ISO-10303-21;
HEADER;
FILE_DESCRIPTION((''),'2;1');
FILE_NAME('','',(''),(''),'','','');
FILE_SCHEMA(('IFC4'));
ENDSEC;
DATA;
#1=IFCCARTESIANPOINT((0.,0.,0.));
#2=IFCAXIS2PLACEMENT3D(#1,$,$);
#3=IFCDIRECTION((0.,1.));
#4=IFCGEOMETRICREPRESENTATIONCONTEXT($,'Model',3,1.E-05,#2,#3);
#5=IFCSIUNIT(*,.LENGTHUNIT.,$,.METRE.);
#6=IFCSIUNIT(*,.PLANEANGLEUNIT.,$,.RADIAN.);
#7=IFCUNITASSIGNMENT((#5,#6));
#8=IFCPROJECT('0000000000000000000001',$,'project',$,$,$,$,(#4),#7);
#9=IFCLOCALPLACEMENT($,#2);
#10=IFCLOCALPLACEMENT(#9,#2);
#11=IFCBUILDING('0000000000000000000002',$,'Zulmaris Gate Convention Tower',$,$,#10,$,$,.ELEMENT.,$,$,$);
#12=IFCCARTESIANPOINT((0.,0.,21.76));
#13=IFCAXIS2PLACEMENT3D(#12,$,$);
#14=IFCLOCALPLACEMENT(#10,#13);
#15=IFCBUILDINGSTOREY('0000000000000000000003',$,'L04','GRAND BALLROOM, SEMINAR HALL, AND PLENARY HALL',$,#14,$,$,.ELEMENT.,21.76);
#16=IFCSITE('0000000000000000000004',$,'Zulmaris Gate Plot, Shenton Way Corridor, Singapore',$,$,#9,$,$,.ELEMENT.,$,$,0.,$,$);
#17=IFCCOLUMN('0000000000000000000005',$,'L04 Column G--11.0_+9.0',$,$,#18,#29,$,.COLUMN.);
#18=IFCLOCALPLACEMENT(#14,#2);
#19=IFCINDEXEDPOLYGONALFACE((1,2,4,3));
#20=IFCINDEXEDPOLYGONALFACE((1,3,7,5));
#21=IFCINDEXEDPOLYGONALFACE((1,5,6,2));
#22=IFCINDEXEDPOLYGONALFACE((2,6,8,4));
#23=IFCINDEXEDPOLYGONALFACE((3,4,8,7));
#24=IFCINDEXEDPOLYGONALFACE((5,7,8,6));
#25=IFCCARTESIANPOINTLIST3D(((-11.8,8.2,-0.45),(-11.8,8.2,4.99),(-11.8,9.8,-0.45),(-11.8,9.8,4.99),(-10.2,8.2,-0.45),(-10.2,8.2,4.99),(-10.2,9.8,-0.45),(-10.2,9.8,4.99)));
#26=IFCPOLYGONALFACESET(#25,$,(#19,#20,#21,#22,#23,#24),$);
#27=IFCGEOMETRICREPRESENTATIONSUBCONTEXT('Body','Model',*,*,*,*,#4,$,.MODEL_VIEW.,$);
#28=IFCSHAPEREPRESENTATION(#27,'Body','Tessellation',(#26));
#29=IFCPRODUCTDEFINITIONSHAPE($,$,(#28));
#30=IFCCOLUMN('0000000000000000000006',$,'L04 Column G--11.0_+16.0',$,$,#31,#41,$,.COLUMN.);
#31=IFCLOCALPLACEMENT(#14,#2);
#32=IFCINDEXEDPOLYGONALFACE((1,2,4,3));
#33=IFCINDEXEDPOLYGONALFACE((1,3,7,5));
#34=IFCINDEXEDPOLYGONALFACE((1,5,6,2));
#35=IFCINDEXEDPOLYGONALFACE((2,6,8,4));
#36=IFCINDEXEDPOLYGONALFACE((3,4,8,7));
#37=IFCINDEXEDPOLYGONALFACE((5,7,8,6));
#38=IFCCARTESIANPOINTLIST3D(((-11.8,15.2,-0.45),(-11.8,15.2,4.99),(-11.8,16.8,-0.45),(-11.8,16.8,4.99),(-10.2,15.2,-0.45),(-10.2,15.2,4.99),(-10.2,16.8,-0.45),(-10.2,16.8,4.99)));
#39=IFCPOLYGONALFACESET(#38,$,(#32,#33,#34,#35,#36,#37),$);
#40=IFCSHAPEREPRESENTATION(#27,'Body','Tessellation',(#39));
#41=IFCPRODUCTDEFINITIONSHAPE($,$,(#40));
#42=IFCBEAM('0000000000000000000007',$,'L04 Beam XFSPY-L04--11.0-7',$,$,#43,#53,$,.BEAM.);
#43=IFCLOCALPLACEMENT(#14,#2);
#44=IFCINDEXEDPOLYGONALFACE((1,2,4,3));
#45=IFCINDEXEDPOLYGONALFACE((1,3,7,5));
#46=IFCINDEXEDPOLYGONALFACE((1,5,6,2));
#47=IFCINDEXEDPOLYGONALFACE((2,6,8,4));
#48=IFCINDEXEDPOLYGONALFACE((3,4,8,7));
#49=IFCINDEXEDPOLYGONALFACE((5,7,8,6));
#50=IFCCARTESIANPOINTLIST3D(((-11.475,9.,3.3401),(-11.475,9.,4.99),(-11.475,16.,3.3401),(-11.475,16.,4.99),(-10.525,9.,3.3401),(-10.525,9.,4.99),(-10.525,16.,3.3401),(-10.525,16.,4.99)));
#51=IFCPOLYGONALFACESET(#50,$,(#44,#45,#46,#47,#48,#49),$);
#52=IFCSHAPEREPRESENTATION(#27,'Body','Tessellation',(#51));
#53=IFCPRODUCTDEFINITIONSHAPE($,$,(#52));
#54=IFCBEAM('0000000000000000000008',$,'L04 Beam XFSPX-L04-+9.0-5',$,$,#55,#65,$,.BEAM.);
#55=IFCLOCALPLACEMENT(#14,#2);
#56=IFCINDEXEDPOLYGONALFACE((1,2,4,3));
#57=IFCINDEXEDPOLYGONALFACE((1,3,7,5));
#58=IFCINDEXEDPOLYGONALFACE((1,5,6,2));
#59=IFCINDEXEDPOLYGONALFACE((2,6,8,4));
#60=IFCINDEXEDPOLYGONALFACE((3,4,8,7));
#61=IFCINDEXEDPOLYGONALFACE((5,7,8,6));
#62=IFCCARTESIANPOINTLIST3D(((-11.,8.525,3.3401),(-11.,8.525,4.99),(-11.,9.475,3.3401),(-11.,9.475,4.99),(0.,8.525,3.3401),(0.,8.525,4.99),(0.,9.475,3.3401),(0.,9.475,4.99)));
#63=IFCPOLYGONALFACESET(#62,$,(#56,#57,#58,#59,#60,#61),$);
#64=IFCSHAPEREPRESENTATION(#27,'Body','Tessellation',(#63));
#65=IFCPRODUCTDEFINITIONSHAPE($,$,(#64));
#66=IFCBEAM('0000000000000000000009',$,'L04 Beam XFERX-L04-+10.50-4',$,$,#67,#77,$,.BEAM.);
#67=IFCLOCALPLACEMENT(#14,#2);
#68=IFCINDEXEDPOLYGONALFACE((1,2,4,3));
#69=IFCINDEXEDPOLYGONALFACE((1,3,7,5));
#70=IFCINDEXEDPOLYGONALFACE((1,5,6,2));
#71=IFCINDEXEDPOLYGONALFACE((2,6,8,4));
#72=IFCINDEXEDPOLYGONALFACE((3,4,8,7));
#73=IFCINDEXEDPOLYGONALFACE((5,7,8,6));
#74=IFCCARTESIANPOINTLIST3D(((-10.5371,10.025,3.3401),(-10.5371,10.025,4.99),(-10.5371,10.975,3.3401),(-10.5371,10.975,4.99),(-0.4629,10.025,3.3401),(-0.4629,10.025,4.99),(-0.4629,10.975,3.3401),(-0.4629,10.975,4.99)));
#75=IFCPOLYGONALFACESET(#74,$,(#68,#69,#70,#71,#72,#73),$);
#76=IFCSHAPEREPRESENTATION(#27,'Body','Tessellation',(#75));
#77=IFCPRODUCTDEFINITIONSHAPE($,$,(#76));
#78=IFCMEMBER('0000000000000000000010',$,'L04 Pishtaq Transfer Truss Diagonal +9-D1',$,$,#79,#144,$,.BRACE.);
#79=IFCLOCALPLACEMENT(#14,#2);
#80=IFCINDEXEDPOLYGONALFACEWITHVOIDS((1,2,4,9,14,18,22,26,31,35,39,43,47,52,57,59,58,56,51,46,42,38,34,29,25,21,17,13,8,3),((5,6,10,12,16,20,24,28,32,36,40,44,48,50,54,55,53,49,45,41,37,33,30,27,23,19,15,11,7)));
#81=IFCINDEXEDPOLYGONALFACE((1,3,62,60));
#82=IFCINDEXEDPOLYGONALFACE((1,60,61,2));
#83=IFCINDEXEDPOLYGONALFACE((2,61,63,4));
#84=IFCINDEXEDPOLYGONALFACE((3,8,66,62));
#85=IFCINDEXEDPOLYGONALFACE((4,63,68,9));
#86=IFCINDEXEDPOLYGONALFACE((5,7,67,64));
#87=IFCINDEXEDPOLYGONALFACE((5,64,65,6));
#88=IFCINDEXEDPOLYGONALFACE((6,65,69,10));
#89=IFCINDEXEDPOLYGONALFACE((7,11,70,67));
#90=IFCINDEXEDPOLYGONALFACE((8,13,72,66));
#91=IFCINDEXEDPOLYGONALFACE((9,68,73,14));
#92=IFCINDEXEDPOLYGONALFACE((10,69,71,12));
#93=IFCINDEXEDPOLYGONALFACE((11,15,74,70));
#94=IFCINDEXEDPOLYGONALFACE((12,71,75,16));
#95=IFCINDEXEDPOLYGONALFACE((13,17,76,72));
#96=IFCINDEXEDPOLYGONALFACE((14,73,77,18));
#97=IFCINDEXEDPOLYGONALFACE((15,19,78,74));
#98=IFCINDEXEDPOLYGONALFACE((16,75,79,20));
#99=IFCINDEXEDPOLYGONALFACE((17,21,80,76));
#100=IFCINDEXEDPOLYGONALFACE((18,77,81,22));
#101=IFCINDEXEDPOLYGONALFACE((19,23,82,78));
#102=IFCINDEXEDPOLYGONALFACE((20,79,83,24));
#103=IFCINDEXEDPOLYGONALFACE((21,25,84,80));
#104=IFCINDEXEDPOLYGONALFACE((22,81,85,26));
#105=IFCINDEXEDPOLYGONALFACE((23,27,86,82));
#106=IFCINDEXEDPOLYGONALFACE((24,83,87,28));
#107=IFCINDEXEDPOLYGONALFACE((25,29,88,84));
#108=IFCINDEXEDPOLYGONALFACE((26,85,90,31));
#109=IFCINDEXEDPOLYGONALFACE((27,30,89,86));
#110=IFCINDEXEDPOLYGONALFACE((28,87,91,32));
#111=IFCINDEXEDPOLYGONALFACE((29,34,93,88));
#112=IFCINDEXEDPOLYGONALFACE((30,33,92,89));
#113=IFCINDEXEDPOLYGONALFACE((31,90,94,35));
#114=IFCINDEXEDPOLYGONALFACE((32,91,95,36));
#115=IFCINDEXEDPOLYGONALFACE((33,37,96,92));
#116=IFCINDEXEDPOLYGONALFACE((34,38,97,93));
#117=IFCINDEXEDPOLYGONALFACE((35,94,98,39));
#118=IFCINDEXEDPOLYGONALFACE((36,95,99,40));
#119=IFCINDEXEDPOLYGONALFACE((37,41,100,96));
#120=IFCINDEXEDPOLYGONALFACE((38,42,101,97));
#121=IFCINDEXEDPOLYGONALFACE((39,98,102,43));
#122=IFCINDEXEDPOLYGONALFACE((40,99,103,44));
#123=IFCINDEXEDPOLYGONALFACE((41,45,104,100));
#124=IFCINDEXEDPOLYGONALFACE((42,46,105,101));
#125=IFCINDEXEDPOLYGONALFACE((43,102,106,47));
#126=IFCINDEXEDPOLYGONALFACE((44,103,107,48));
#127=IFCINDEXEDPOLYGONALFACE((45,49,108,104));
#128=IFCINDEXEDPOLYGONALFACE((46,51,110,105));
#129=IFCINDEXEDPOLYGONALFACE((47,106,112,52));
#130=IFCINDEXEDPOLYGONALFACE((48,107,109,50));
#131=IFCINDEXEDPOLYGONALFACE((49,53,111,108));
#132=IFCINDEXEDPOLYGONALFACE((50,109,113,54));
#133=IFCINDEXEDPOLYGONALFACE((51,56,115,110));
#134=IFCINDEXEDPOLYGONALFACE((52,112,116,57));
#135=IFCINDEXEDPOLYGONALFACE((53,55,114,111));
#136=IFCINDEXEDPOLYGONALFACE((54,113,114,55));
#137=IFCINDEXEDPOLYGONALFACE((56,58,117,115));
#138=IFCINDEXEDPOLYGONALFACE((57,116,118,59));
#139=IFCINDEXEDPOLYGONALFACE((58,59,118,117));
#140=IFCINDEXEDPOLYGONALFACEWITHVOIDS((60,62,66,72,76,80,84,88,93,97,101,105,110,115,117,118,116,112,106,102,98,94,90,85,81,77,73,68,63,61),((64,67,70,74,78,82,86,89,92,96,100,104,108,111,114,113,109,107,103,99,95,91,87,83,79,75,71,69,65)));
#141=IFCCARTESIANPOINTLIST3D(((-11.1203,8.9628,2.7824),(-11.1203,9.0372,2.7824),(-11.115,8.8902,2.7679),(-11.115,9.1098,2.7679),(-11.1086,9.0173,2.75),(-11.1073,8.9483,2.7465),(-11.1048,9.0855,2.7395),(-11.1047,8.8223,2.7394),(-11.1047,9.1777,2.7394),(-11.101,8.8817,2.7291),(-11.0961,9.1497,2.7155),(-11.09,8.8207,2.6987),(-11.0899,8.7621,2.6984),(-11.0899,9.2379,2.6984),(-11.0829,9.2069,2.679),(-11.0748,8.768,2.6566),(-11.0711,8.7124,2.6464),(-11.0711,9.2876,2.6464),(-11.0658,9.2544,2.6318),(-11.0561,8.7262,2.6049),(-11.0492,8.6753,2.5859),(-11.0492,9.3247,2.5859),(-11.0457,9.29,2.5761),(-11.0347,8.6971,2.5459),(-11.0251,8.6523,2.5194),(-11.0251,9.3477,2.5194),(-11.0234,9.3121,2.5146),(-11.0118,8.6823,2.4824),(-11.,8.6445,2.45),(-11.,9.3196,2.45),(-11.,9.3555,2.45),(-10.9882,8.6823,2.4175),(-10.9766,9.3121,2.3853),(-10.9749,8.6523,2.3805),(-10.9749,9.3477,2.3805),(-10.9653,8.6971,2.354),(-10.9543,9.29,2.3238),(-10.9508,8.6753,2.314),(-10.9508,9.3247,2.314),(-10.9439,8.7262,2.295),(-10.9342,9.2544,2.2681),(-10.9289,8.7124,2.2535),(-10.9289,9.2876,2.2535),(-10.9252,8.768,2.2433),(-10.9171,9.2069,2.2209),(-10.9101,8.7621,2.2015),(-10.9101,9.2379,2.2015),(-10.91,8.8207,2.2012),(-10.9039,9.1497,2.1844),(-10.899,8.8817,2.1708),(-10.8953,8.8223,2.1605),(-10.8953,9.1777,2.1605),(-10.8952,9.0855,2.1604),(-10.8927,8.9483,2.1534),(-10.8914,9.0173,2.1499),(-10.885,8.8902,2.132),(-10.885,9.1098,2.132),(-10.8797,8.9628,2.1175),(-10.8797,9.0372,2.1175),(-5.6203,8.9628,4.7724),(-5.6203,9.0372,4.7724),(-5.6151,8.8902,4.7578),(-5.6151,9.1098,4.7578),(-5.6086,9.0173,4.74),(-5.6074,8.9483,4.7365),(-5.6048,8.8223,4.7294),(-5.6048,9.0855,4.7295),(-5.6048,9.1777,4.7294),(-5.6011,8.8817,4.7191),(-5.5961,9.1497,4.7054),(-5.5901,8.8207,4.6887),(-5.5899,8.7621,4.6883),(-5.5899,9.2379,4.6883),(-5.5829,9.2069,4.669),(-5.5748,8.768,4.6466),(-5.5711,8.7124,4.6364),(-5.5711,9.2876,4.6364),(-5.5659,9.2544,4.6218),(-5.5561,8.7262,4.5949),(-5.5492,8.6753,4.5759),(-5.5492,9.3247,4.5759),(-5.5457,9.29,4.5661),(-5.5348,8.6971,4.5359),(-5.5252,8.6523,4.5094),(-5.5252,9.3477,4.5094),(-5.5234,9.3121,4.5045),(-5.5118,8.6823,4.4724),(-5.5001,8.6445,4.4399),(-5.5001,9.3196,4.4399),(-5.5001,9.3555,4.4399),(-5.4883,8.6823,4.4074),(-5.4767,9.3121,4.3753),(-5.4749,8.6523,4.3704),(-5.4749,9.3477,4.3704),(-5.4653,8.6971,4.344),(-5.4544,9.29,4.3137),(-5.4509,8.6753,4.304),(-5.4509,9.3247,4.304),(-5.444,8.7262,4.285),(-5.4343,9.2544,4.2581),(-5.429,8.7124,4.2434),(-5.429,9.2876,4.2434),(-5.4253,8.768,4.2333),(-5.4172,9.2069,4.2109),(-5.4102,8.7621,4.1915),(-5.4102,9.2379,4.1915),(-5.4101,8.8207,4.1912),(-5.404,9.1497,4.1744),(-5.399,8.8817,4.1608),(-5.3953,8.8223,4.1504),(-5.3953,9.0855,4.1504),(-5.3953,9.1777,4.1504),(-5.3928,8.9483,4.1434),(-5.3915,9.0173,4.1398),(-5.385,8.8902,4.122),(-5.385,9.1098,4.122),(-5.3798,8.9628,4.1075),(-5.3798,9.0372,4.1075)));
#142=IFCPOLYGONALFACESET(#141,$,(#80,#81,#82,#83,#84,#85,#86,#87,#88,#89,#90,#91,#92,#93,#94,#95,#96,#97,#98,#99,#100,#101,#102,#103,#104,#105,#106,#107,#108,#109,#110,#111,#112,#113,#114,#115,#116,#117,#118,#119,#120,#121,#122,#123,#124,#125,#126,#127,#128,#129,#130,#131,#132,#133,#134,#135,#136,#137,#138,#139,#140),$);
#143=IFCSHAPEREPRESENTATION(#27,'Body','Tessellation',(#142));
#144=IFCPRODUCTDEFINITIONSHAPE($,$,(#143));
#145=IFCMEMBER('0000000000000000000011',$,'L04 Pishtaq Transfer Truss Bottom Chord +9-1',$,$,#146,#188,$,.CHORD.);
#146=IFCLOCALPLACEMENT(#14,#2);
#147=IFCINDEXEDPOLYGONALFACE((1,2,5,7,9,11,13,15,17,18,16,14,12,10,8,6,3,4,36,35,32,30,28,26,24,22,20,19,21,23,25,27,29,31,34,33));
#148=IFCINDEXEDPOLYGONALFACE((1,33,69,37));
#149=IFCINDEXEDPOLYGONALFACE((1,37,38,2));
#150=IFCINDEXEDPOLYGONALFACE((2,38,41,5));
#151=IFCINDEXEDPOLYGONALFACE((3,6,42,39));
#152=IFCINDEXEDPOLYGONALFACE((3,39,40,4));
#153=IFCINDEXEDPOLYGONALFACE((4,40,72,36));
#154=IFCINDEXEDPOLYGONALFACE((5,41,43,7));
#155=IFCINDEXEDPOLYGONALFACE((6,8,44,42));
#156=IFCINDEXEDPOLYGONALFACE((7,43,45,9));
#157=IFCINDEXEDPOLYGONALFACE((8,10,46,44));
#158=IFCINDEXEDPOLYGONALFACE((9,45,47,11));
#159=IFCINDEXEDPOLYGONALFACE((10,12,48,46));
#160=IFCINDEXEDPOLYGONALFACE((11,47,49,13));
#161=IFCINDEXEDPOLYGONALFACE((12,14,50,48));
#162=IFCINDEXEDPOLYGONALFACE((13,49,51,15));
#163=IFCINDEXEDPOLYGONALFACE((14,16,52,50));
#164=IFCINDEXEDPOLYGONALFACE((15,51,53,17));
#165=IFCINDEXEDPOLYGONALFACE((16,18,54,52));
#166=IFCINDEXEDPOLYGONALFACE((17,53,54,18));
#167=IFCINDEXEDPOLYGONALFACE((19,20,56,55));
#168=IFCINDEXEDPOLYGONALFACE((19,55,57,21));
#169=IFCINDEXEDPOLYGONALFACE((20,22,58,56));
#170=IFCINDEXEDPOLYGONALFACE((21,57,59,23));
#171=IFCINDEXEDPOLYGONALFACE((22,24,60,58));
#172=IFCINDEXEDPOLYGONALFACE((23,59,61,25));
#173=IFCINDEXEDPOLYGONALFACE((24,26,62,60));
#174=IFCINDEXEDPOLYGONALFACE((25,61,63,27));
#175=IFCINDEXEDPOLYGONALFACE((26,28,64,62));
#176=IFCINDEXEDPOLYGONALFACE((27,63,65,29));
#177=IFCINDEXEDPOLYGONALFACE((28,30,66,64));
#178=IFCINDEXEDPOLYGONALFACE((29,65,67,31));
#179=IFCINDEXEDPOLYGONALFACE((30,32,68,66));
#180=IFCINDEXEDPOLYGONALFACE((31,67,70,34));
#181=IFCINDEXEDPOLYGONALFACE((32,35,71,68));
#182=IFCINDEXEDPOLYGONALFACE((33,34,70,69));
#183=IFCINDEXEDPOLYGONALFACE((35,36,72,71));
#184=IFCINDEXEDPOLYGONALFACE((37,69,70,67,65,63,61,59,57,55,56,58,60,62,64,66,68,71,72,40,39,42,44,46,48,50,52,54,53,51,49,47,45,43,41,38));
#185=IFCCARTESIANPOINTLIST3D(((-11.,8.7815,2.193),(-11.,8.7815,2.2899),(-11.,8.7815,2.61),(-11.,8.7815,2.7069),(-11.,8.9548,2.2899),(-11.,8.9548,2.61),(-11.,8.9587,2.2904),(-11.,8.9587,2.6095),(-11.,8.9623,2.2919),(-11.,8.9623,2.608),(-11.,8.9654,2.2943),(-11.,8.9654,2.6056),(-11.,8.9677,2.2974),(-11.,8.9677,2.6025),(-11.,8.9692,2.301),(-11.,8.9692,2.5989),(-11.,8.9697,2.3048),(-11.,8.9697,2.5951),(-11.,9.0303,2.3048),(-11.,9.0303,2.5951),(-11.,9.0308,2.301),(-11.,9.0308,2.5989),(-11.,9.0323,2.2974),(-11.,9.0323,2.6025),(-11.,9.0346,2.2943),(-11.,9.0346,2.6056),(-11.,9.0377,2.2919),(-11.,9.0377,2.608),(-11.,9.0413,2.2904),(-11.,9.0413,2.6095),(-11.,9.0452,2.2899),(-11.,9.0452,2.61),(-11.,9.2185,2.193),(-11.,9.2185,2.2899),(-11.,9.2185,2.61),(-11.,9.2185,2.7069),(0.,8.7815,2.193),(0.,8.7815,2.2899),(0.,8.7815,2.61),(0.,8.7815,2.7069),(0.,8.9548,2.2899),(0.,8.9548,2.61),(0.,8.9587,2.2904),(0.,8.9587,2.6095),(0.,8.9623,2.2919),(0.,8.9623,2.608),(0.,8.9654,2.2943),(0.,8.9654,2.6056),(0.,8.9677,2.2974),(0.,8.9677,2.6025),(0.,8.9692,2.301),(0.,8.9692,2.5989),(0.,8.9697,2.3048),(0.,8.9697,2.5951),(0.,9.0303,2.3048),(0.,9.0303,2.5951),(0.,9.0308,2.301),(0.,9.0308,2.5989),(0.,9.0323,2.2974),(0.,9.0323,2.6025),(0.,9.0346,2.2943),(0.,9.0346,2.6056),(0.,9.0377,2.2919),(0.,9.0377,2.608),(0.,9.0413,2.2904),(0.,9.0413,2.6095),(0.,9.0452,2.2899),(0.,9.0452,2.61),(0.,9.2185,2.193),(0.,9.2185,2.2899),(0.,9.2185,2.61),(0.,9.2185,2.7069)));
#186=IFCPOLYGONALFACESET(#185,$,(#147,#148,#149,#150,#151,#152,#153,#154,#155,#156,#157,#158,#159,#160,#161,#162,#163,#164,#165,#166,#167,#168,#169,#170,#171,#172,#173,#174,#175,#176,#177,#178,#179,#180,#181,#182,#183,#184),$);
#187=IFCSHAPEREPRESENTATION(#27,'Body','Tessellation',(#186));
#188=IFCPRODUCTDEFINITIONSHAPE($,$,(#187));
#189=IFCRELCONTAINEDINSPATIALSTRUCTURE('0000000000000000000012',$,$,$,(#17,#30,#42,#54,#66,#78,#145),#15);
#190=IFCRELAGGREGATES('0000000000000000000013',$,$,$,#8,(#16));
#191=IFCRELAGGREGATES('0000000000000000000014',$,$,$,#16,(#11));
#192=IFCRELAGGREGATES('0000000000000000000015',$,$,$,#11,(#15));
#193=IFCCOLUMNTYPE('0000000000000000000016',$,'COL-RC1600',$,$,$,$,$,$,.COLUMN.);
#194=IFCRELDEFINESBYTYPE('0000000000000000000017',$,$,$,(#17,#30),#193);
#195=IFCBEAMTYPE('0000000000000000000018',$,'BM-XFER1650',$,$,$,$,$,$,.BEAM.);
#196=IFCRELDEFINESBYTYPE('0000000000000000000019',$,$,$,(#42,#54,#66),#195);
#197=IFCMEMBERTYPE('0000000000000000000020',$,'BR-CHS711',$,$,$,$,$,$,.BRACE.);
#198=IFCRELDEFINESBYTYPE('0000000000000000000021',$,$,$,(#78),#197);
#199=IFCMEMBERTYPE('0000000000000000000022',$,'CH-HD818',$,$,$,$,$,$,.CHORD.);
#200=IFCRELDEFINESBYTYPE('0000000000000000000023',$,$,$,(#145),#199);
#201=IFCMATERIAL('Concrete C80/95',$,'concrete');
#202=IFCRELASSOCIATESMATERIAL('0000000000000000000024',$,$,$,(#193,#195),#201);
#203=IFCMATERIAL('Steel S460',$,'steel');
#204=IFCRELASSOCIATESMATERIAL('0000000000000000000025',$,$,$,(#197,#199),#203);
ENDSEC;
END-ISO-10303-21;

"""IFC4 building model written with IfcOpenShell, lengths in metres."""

from ifc_helpers import new_model, si_unit, direction, frame, origin, origin_2d, place, context, subcontext, project, spatial, rectangle, hollow_circle, i_section, extrude, material, material_profile, profile_set, type_object, element, save


model = new_model("IFC4")

# Units and contexts
model_context = context("Model", 3, precision=1e-05, world=origin(), true_north=direction((0.0, 1.0)))
body_context = subcontext(model_context, "Body", "Model", "MODEL_VIEW")
ifc_project = project(units=[si_unit("LENGTHUNIT", "METRE"), si_unit("PLANEANGLEUNIT", "RADIAN")], contexts=[model_context])

# Site, building, storey
site_placement = place(None, origin())
site = spatial("IfcSite", under=ifc_project, at=site_placement, Name="Zulmaris Gate Plot, Shenton Way Corridor, Singapore", CompositionType="ELEMENT", RefElevation=0.0)
building_placement = place(site_placement, origin())
building = spatial("IfcBuilding", under=site, at=building_placement, Name="Zulmaris Gate Convention Tower", CompositionType="ELEMENT")
storey_placement = place(building_placement, frame((0.0, 0.0, 21.76)))
storey = spatial("IfcBuildingStorey", under=building, at=storey_placement, Name="L04", Description="GRAND BALLROOM, SEMINAR HALL, AND PLENARY HALL", CompositionType="ELEMENT", Elevation=21.76)

# Columns
ifc_material_1 = material(Name="Concrete C80/95", Category="concrete")
ifc_material_profile_1 = material_profile(ifc_material_1, rectangle(XDim=1.6001, YDim=1.6001, at=origin_2d()), Name="RC COL 1600x1600")
ifc_profile_set_1 = profile_set([ifc_material_profile_1], Name="Concrete C80/95")
column_type = type_object("IfcColumnType", Name="COL-RC1600", PredefinedType="COLUMN", material=ifc_profile_set_1)
for number, where, z_axis, x_axis, name in (
    (1, (-11.0, 9.0, -0.45), (0.0, 0.0, 1.0), (1.0, 0.0, 0.0), "L04 Column G--11.0_+9.0"),
    (2, (-11.0, 16.0, -0.45), (0.0, 0.0, 1.0), (1.0, 0.0, 0.0), "L04 Column G--11.0_+16.0"),
):
    element("IfcColumn", number, at=place(storey_placement, frame(where, z_axis=z_axis, x_axis=x_axis)), inside=storey, type_object=column_type, Name=name, PredefinedType="COLUMN", context=body_context, shape_type="SweptSolid", body=[
        extrude(rectangle(XDim=1.6001, YDim=1.6001, at=origin_2d()), origin(), (0.0, 0.0, 1.0), 5.4399),
    ])

# Beams
ifc_material_profile_2 = material_profile(ifc_material_1, rectangle(XDim=0.95, YDim=1.6499, at=origin_2d()), Name="RC TRANSFER 950x1650")
ifc_profile_set_2 = profile_set([ifc_material_profile_2], Name="Concrete C80/95")
beam_type_1 = type_object("IfcBeamType", Name="BM-XFER1650", PredefinedType="BEAM", material=ifc_profile_set_2)
beam_1_placement = place(storey_placement, frame((-11.0, 9.0, 4.165), z_axis=(0.0, 1.0, 0.0), x_axis=(-1.0, 0.0, 0.0)))
element("IfcBeam", 3, at=beam_1_placement, inside=storey, type_object=beam_type_1, Name="L04 Beam XFSPY-L04--11.0-7", PredefinedType="BEAM", context=body_context, shape_type="SweptSolid", body=[
    extrude(rectangle(XDim=0.95, YDim=1.6499, at=origin_2d()), origin(), (0.0, 0.0, 1.0), 7.0),
])
beam_2_placement = place(storey_placement, frame((-11.0, 9.0, 4.165), z_axis=(1.0, 0.0, 0.0), x_axis=(0.0, 1.0, 0.0)))
element("IfcBeam", 4, at=beam_2_placement, inside=storey, type_object=beam_type_1, Name="L04 Beam XFSPX-L04-+9.0-5", PredefinedType="BEAM", context=body_context, shape_type="SweptSolid", body=[
    extrude(rectangle(XDim=0.95, YDim=1.6499, at=origin_2d()), origin(), (0.0, 0.0, 1.0), 11.0),
])
beam_3_placement = place(storey_placement, frame((-10.5371, 10.5, 4.165), z_axis=(1.0, 0.0, 0.0), x_axis=(0.0, 1.0, 0.0)))
element("IfcBeam", 5, at=beam_3_placement, inside=storey, type_object=beam_type_1, Name="L04 Beam XFERX-L04-+10.50-4", PredefinedType="BEAM", context=body_context, shape_type="SweptSolid", body=[
    extrude(rectangle(XDim=0.95, YDim=1.6499, at=origin_2d()), origin(), (0.0, 0.0, 1.0), 10.0742),
])

# Members
ifc_material_2 = material(Name="Steel S460", Category="steel")
ifc_material_profile_3 = material_profile(ifc_material_2, hollow_circle(Radius=0.3555, WallThickness=0.0359, at=origin_2d()), Name="CHS 711x36")
ifc_profile_set_3 = profile_set([ifc_material_profile_3], Name="Steel S460")
member_type_1 = type_object("IfcMemberType", Name="BR-CHS711", PredefinedType="BRACE", material=ifc_profile_set_3)
member_1_placement = place(storey_placement, frame((-11.0, 9.0, 2.45), z_axis=(0.940342, 0.0, 0.340231), x_axis=(0.0, 1.0, 0.0)))
element("IfcMember", 6, at=member_1_placement, inside=storey, type_object=member_type_1, Name="L04 Pishtaq Transfer Truss Diagonal +9-D1", PredefinedType="BRACE", context=body_context, shape_type="SweptSolid", body=[
    extrude(hollow_circle(Radius=0.3555, WallThickness=0.0359, at=origin_2d()), origin(), (0.0, 0.0, 1.0), 5.8489),
])
ifc_material_profile_4 = material_profile(ifc_material_2, i_section(OverallWidth=0.437, OverallDepth=0.5139, WebThickness=0.0605, FlangeThickness=0.0969, FilletRadius=0.0149, at=origin_2d()), Name="HD 400x818")
ifc_profile_set_4 = profile_set([ifc_material_profile_4], Name="Steel S460")
member_type_2 = type_object("IfcMemberType", Name="CH-HD818", PredefinedType="CHORD", material=ifc_profile_set_4)
member_2_placement = place(storey_placement, frame((-11.0, 9.0, 2.45), z_axis=(1.0, 0.0, 0.0), x_axis=(0.0, 1.0, 0.0)))
element("IfcMember", 7, at=member_2_placement, inside=storey, type_object=member_type_2, Name="L04 Pishtaq Transfer Truss Bottom Chord +9-1", PredefinedType="CHORD", context=body_context, shape_type="SweptSolid", body=[
    extrude(i_section(OverallWidth=0.437, OverallDepth=0.5139, WebThickness=0.0605, FlangeThickness=0.0969, FilletRadius=0.0149, at=origin_2d()), origin(), (0.0, 0.0, 1.0), 11.0),
])

save(model, "model.ifc")
